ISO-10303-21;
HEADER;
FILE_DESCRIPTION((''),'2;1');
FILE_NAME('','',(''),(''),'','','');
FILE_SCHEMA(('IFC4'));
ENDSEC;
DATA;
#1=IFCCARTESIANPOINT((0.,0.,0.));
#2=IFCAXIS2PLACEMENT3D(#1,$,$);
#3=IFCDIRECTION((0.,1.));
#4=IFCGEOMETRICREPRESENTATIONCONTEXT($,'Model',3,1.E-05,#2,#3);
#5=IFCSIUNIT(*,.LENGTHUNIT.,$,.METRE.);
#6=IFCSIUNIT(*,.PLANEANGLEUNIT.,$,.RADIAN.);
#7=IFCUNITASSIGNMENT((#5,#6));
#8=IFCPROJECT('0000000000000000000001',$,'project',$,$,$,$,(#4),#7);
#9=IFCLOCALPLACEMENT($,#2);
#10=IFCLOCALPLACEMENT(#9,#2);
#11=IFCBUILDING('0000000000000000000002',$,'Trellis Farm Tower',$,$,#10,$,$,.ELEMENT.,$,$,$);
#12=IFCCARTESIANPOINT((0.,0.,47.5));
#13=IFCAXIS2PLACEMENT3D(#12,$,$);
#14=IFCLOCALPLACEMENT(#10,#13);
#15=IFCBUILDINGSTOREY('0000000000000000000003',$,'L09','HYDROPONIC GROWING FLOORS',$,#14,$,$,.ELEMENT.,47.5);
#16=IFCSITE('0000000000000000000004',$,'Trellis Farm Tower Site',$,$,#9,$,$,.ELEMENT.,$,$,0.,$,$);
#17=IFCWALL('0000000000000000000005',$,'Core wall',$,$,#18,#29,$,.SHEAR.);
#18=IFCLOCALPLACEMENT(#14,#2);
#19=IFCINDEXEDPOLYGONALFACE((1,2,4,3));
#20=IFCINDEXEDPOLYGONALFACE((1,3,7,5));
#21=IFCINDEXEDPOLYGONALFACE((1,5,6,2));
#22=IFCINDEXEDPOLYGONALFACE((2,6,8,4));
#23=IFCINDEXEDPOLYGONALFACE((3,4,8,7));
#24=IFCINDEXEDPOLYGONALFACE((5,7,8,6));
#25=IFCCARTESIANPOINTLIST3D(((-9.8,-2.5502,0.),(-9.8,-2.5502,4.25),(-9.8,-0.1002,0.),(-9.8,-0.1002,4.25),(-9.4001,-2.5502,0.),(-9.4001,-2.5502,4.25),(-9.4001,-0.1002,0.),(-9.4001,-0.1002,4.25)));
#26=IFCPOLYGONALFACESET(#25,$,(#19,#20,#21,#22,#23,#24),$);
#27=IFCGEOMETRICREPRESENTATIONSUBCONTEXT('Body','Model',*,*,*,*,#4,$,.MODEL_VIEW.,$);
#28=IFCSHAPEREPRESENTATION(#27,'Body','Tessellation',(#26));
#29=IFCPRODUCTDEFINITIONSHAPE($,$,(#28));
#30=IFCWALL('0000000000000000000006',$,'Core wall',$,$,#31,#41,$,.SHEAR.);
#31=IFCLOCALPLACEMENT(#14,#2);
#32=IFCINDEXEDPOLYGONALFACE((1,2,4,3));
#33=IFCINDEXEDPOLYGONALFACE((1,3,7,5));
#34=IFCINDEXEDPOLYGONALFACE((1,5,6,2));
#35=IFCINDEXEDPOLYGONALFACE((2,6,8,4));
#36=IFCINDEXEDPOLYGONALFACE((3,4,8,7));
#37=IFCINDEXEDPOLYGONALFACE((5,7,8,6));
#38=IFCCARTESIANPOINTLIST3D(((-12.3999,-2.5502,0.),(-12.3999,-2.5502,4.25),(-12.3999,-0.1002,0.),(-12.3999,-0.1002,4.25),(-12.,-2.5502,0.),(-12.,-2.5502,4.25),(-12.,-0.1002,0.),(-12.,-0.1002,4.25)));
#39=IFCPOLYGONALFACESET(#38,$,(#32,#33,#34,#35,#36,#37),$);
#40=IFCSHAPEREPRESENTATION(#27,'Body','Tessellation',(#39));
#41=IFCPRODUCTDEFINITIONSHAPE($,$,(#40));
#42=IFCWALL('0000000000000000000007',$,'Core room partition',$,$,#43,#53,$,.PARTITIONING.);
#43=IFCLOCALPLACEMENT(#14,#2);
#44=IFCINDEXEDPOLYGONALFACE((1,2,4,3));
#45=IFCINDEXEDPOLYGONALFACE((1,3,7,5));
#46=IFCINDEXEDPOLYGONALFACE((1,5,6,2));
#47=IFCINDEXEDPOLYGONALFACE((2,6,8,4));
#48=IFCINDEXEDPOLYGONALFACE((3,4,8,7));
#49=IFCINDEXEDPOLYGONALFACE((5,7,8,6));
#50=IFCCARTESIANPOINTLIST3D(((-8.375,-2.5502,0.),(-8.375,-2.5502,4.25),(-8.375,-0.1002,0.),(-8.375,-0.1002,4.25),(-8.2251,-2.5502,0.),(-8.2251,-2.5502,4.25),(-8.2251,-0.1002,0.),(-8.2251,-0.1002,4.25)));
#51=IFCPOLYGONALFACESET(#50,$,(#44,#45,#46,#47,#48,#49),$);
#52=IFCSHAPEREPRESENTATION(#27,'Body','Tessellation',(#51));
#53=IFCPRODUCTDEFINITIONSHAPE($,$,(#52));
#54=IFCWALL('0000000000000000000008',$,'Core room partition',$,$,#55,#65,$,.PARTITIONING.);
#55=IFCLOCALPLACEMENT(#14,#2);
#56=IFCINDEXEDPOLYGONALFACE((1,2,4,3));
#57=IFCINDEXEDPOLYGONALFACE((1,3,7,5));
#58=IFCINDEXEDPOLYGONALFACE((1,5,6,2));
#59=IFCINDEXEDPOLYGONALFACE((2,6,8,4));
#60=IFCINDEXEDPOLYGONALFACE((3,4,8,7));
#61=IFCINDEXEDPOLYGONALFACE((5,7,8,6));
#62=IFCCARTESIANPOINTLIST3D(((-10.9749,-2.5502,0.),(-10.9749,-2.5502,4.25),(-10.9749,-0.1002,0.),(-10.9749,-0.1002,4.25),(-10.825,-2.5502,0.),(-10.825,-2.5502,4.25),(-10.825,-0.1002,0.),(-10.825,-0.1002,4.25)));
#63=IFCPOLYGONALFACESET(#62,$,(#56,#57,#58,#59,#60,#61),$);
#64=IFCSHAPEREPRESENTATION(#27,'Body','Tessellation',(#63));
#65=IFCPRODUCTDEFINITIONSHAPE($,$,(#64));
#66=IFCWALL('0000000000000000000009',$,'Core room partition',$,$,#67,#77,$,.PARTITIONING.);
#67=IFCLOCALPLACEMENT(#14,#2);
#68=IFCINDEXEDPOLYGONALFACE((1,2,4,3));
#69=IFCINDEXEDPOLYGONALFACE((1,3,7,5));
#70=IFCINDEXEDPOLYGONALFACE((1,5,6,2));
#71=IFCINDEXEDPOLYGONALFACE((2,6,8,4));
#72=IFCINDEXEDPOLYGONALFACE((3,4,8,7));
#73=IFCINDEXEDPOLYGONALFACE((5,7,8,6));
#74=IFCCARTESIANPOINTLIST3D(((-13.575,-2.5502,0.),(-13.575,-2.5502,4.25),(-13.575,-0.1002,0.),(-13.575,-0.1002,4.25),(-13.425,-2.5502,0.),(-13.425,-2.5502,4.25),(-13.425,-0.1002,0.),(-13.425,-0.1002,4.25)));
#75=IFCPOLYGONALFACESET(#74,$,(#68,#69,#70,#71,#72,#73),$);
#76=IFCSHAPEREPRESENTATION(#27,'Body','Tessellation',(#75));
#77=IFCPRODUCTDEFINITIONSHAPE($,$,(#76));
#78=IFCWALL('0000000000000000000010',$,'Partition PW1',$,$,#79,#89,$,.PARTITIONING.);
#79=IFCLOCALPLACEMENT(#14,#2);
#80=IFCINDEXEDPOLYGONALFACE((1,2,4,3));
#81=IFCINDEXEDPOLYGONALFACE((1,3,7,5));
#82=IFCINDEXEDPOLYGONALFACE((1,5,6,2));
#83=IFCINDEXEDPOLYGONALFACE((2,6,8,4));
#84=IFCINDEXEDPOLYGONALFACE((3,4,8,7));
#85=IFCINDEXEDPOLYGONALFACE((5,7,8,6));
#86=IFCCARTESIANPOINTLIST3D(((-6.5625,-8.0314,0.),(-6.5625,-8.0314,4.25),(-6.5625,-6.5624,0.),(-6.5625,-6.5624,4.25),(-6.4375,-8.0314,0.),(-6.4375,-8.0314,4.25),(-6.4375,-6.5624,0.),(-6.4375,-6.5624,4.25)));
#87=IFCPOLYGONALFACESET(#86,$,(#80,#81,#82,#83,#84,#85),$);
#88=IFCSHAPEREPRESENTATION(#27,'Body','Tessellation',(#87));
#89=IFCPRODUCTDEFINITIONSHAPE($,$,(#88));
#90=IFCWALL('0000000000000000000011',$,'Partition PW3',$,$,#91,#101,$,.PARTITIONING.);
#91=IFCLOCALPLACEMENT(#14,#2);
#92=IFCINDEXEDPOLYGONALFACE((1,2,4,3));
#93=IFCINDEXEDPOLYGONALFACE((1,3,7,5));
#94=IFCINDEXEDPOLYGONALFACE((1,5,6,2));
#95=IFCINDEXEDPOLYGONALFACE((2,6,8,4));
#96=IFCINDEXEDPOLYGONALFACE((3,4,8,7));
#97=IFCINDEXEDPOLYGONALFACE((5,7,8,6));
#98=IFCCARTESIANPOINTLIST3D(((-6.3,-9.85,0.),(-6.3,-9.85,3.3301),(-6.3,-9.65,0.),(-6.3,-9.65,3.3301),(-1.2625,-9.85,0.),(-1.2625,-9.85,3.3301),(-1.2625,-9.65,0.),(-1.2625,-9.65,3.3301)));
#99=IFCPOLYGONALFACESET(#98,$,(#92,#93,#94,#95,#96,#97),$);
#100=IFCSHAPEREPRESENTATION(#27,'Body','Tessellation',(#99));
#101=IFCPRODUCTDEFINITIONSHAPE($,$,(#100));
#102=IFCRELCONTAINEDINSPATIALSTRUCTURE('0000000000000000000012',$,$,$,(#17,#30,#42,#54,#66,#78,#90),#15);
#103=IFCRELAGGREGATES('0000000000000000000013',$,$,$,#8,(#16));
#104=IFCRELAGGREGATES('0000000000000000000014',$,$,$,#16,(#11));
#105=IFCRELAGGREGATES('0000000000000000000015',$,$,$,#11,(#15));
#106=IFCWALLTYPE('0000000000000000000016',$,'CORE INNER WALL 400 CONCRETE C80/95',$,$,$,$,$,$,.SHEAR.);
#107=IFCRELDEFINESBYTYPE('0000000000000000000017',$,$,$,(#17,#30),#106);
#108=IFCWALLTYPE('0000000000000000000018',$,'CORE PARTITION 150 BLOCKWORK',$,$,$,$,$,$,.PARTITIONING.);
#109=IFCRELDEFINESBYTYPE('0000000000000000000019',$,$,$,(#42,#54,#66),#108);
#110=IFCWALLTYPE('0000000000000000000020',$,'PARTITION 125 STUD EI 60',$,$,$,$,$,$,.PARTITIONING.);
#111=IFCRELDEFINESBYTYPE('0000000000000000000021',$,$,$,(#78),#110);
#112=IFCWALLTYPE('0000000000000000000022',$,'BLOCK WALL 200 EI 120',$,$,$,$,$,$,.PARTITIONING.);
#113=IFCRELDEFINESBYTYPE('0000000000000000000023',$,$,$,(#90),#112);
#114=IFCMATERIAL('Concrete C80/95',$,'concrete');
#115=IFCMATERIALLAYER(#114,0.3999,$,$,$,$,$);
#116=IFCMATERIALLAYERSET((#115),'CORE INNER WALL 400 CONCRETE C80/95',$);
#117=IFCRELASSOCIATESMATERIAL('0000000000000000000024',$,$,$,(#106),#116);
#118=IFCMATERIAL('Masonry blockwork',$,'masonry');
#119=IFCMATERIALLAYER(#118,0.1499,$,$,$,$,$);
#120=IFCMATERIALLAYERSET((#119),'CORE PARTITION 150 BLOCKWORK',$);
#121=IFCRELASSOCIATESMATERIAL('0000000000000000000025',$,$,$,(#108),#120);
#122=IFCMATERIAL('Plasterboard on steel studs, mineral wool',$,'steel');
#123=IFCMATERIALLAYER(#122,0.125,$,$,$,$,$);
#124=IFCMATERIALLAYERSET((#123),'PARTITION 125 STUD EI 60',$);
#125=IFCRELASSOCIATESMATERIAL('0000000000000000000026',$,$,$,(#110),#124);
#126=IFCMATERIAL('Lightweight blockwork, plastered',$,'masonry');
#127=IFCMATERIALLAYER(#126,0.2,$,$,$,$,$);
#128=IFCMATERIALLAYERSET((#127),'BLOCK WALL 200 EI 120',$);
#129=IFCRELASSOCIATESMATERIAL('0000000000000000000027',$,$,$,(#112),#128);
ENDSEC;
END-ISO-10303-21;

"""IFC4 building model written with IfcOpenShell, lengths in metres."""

from ifc_helpers import new_model, si_unit, direction, frame, frame_2d, origin, place, context, subcontext, project, spatial, rectangle, extrude, source, transform, mapped, material, layer, layer_set, type_object, element, save


model = new_model("IFC4")

# Units and contexts
model_context = context("Model", 3, precision=1e-05, world=origin(), true_north=direction((0.0, 1.0)))
body_context = subcontext(model_context, "Body", "Model", "MODEL_VIEW")
ifc_project = project(units=[si_unit("LENGTHUNIT", "METRE"), si_unit("PLANEANGLEUNIT", "RADIAN")], contexts=[model_context])

# Site, building, storey
site_placement = place(None, origin())
site = spatial("IfcSite", under=ifc_project, at=site_placement, Name="Trellis Farm Tower Site", CompositionType="ELEMENT", RefElevation=0.0)
building_placement = place(site_placement, origin())
building = spatial("IfcBuilding", under=site, at=building_placement, Name="Trellis Farm Tower", CompositionType="ELEMENT")
storey_placement = place(building_placement, frame((0.0, 0.0, 47.5)))
storey = spatial("IfcBuildingStorey", under=building, at=storey_placement, Name="L09", Description="HYDROPONIC GROWING FLOORS", CompositionType="ELEMENT", Elevation=47.5)

# Shared definitions
ifc_material_1 = material(Name="Concrete C80/95", Category="concrete")

# Walls
ifc_layer_1 = layer(ifc_material_1, 0.3999)
ifc_layer_set_1 = layer_set([ifc_layer_1], Name="CORE INNER WALL 400 CONCRETE C80/95")
wall_type_1 = type_object("IfcWallType", Name="CORE INNER WALL 400 CONCRETE C80/95", PredefinedType="SHEAR", material=ifc_layer_set_1)
shared_shape_1 = source(origin(), body_context, "Body", "SweptSolid", [
    extrude(rectangle(XDim=2.45, YDim=0.3999, at=frame_2d((1.2251, 0.0))), origin(), (0.0, 0.0, 1.0), 4.25),
])
for number, where, z_axis, x_axis, name in (
    (1, (-9.6001, -0.1001, 0.0), (0.0, 0.0, 1.0), (0.0, -1.0, 0.0), "Core wall"),
    (2, (-12.2, -0.1001, 0.0), (0.0, 0.0, 1.0), (0.0, -1.0, 0.0), "Core wall"),
):
    element("IfcWall", number, at=place(storey_placement, frame(where, z_axis=z_axis, x_axis=x_axis)), inside=storey, type_object=wall_type_1, Name=name, PredefinedType="SHEAR", context=body_context, shape_type="MappedRepresentation", body=[
        mapped(shared_shape_1, transform((0.0, 0.0, 0.0))),
    ])

# Walls
ifc_material_2 = material(Name="Masonry blockwork", Category="masonry")
ifc_layer_2 = layer(ifc_material_2, 0.1499)
ifc_layer_set_2 = layer_set([ifc_layer_2], Name="CORE PARTITION 150 BLOCKWORK")
wall_type_2 = type_object("IfcWallType", Name="CORE PARTITION 150 BLOCKWORK", PredefinedType="PARTITIONING", material=ifc_layer_set_2)
shared_shape_2 = source(origin(), body_context, "Body", "SweptSolid", [
    extrude(rectangle(XDim=2.45, YDim=0.1499, at=frame_2d((1.2251, 0.0))), origin(), (0.0, 0.0, 1.0), 4.25),
])
for number, where, z_axis, x_axis, name in (
    (3, (-8.3, -0.1001, 0.0), (0.0, 0.0, 1.0), (0.0, -1.0, 0.0), "Core room partition"),
    (4, (-10.8999, -0.1001, 0.0), (0.0, 0.0, 1.0), (0.0, -1.0, 0.0), "Core room partition"),
    (5, (-13.5, -0.1001, 0.0), (0.0, 0.0, 1.0), (0.0, -1.0, 0.0), "Core room partition"),
):
    element("IfcWall", number, at=place(storey_placement, frame(where, z_axis=z_axis, x_axis=x_axis)), inside=storey, type_object=wall_type_2, Name=name, PredefinedType="PARTITIONING", context=body_context, shape_type="MappedRepresentation", body=[
        mapped(shared_shape_2, transform((0.0, 0.0, 0.0))),
    ])
ifc_material_3 = material(Name="Plasterboard on steel studs, mineral wool", Category="steel")
ifc_layer_3 = layer(ifc_material_3, 0.125)
ifc_layer_set_3 = layer_set([ifc_layer_3], Name="PARTITION 125 STUD EI 60")
wall_type_3 = type_object("IfcWallType", Name="PARTITION 125 STUD EI 60", PredefinedType="PARTITIONING", material=ifc_layer_set_3)
shared_shape_3 = source(origin(), body_context, "Body", "SweptSolid", [
    extrude(rectangle(XDim=1.469, YDim=0.125, at=frame_2d((0.7344, 0.0))), origin(), (0.0, 0.0, 1.0), 4.25),
])
wall_1_placement = place(storey_placement, frame((-6.5, -6.5625, 0.0), z_axis=(0.0, 0.0, 1.0), x_axis=(0.0, -1.0, 0.0)))
element("IfcWall", 6, at=wall_1_placement, inside=storey, type_object=wall_type_3, Name="Partition PW1", PredefinedType="PARTITIONING", context=body_context, shape_type="MappedRepresentation", body=[
    mapped(shared_shape_3, transform((0.0, 0.0, 0.0))),
])
ifc_material_4 = material(Name="Lightweight blockwork, plastered", Category="masonry")
ifc_layer_4 = layer(ifc_material_4, 0.2)
ifc_layer_set_4 = layer_set([ifc_layer_4], Name="BLOCK WALL 200 EI 120")
wall_type_4 = type_object("IfcWallType", Name="BLOCK WALL 200 EI 120", PredefinedType="PARTITIONING", material=ifc_layer_set_4)
shared_shape_4 = source(origin(), body_context, "Body", "SweptSolid", [
    extrude(rectangle(XDim=5.0376, YDim=0.2, at=frame_2d((2.5188, 0.0))), origin(), (0.0, 0.0, 1.0), 3.3301),
])
wall_2_placement = place(storey_placement, frame((-6.3, -9.75, 0.0), z_axis=(0.0, 0.0, 1.0), x_axis=(1.0, 0.0, 0.0)))
element("IfcWall", 7, at=wall_2_placement, inside=storey, type_object=wall_type_4, Name="Partition PW3", PredefinedType="PARTITIONING", context=body_context, shape_type="MappedRepresentation", body=[
    mapped(shared_shape_4, transform((0.0, 0.0, 0.0))),
])

save(model, "model.ifc")
